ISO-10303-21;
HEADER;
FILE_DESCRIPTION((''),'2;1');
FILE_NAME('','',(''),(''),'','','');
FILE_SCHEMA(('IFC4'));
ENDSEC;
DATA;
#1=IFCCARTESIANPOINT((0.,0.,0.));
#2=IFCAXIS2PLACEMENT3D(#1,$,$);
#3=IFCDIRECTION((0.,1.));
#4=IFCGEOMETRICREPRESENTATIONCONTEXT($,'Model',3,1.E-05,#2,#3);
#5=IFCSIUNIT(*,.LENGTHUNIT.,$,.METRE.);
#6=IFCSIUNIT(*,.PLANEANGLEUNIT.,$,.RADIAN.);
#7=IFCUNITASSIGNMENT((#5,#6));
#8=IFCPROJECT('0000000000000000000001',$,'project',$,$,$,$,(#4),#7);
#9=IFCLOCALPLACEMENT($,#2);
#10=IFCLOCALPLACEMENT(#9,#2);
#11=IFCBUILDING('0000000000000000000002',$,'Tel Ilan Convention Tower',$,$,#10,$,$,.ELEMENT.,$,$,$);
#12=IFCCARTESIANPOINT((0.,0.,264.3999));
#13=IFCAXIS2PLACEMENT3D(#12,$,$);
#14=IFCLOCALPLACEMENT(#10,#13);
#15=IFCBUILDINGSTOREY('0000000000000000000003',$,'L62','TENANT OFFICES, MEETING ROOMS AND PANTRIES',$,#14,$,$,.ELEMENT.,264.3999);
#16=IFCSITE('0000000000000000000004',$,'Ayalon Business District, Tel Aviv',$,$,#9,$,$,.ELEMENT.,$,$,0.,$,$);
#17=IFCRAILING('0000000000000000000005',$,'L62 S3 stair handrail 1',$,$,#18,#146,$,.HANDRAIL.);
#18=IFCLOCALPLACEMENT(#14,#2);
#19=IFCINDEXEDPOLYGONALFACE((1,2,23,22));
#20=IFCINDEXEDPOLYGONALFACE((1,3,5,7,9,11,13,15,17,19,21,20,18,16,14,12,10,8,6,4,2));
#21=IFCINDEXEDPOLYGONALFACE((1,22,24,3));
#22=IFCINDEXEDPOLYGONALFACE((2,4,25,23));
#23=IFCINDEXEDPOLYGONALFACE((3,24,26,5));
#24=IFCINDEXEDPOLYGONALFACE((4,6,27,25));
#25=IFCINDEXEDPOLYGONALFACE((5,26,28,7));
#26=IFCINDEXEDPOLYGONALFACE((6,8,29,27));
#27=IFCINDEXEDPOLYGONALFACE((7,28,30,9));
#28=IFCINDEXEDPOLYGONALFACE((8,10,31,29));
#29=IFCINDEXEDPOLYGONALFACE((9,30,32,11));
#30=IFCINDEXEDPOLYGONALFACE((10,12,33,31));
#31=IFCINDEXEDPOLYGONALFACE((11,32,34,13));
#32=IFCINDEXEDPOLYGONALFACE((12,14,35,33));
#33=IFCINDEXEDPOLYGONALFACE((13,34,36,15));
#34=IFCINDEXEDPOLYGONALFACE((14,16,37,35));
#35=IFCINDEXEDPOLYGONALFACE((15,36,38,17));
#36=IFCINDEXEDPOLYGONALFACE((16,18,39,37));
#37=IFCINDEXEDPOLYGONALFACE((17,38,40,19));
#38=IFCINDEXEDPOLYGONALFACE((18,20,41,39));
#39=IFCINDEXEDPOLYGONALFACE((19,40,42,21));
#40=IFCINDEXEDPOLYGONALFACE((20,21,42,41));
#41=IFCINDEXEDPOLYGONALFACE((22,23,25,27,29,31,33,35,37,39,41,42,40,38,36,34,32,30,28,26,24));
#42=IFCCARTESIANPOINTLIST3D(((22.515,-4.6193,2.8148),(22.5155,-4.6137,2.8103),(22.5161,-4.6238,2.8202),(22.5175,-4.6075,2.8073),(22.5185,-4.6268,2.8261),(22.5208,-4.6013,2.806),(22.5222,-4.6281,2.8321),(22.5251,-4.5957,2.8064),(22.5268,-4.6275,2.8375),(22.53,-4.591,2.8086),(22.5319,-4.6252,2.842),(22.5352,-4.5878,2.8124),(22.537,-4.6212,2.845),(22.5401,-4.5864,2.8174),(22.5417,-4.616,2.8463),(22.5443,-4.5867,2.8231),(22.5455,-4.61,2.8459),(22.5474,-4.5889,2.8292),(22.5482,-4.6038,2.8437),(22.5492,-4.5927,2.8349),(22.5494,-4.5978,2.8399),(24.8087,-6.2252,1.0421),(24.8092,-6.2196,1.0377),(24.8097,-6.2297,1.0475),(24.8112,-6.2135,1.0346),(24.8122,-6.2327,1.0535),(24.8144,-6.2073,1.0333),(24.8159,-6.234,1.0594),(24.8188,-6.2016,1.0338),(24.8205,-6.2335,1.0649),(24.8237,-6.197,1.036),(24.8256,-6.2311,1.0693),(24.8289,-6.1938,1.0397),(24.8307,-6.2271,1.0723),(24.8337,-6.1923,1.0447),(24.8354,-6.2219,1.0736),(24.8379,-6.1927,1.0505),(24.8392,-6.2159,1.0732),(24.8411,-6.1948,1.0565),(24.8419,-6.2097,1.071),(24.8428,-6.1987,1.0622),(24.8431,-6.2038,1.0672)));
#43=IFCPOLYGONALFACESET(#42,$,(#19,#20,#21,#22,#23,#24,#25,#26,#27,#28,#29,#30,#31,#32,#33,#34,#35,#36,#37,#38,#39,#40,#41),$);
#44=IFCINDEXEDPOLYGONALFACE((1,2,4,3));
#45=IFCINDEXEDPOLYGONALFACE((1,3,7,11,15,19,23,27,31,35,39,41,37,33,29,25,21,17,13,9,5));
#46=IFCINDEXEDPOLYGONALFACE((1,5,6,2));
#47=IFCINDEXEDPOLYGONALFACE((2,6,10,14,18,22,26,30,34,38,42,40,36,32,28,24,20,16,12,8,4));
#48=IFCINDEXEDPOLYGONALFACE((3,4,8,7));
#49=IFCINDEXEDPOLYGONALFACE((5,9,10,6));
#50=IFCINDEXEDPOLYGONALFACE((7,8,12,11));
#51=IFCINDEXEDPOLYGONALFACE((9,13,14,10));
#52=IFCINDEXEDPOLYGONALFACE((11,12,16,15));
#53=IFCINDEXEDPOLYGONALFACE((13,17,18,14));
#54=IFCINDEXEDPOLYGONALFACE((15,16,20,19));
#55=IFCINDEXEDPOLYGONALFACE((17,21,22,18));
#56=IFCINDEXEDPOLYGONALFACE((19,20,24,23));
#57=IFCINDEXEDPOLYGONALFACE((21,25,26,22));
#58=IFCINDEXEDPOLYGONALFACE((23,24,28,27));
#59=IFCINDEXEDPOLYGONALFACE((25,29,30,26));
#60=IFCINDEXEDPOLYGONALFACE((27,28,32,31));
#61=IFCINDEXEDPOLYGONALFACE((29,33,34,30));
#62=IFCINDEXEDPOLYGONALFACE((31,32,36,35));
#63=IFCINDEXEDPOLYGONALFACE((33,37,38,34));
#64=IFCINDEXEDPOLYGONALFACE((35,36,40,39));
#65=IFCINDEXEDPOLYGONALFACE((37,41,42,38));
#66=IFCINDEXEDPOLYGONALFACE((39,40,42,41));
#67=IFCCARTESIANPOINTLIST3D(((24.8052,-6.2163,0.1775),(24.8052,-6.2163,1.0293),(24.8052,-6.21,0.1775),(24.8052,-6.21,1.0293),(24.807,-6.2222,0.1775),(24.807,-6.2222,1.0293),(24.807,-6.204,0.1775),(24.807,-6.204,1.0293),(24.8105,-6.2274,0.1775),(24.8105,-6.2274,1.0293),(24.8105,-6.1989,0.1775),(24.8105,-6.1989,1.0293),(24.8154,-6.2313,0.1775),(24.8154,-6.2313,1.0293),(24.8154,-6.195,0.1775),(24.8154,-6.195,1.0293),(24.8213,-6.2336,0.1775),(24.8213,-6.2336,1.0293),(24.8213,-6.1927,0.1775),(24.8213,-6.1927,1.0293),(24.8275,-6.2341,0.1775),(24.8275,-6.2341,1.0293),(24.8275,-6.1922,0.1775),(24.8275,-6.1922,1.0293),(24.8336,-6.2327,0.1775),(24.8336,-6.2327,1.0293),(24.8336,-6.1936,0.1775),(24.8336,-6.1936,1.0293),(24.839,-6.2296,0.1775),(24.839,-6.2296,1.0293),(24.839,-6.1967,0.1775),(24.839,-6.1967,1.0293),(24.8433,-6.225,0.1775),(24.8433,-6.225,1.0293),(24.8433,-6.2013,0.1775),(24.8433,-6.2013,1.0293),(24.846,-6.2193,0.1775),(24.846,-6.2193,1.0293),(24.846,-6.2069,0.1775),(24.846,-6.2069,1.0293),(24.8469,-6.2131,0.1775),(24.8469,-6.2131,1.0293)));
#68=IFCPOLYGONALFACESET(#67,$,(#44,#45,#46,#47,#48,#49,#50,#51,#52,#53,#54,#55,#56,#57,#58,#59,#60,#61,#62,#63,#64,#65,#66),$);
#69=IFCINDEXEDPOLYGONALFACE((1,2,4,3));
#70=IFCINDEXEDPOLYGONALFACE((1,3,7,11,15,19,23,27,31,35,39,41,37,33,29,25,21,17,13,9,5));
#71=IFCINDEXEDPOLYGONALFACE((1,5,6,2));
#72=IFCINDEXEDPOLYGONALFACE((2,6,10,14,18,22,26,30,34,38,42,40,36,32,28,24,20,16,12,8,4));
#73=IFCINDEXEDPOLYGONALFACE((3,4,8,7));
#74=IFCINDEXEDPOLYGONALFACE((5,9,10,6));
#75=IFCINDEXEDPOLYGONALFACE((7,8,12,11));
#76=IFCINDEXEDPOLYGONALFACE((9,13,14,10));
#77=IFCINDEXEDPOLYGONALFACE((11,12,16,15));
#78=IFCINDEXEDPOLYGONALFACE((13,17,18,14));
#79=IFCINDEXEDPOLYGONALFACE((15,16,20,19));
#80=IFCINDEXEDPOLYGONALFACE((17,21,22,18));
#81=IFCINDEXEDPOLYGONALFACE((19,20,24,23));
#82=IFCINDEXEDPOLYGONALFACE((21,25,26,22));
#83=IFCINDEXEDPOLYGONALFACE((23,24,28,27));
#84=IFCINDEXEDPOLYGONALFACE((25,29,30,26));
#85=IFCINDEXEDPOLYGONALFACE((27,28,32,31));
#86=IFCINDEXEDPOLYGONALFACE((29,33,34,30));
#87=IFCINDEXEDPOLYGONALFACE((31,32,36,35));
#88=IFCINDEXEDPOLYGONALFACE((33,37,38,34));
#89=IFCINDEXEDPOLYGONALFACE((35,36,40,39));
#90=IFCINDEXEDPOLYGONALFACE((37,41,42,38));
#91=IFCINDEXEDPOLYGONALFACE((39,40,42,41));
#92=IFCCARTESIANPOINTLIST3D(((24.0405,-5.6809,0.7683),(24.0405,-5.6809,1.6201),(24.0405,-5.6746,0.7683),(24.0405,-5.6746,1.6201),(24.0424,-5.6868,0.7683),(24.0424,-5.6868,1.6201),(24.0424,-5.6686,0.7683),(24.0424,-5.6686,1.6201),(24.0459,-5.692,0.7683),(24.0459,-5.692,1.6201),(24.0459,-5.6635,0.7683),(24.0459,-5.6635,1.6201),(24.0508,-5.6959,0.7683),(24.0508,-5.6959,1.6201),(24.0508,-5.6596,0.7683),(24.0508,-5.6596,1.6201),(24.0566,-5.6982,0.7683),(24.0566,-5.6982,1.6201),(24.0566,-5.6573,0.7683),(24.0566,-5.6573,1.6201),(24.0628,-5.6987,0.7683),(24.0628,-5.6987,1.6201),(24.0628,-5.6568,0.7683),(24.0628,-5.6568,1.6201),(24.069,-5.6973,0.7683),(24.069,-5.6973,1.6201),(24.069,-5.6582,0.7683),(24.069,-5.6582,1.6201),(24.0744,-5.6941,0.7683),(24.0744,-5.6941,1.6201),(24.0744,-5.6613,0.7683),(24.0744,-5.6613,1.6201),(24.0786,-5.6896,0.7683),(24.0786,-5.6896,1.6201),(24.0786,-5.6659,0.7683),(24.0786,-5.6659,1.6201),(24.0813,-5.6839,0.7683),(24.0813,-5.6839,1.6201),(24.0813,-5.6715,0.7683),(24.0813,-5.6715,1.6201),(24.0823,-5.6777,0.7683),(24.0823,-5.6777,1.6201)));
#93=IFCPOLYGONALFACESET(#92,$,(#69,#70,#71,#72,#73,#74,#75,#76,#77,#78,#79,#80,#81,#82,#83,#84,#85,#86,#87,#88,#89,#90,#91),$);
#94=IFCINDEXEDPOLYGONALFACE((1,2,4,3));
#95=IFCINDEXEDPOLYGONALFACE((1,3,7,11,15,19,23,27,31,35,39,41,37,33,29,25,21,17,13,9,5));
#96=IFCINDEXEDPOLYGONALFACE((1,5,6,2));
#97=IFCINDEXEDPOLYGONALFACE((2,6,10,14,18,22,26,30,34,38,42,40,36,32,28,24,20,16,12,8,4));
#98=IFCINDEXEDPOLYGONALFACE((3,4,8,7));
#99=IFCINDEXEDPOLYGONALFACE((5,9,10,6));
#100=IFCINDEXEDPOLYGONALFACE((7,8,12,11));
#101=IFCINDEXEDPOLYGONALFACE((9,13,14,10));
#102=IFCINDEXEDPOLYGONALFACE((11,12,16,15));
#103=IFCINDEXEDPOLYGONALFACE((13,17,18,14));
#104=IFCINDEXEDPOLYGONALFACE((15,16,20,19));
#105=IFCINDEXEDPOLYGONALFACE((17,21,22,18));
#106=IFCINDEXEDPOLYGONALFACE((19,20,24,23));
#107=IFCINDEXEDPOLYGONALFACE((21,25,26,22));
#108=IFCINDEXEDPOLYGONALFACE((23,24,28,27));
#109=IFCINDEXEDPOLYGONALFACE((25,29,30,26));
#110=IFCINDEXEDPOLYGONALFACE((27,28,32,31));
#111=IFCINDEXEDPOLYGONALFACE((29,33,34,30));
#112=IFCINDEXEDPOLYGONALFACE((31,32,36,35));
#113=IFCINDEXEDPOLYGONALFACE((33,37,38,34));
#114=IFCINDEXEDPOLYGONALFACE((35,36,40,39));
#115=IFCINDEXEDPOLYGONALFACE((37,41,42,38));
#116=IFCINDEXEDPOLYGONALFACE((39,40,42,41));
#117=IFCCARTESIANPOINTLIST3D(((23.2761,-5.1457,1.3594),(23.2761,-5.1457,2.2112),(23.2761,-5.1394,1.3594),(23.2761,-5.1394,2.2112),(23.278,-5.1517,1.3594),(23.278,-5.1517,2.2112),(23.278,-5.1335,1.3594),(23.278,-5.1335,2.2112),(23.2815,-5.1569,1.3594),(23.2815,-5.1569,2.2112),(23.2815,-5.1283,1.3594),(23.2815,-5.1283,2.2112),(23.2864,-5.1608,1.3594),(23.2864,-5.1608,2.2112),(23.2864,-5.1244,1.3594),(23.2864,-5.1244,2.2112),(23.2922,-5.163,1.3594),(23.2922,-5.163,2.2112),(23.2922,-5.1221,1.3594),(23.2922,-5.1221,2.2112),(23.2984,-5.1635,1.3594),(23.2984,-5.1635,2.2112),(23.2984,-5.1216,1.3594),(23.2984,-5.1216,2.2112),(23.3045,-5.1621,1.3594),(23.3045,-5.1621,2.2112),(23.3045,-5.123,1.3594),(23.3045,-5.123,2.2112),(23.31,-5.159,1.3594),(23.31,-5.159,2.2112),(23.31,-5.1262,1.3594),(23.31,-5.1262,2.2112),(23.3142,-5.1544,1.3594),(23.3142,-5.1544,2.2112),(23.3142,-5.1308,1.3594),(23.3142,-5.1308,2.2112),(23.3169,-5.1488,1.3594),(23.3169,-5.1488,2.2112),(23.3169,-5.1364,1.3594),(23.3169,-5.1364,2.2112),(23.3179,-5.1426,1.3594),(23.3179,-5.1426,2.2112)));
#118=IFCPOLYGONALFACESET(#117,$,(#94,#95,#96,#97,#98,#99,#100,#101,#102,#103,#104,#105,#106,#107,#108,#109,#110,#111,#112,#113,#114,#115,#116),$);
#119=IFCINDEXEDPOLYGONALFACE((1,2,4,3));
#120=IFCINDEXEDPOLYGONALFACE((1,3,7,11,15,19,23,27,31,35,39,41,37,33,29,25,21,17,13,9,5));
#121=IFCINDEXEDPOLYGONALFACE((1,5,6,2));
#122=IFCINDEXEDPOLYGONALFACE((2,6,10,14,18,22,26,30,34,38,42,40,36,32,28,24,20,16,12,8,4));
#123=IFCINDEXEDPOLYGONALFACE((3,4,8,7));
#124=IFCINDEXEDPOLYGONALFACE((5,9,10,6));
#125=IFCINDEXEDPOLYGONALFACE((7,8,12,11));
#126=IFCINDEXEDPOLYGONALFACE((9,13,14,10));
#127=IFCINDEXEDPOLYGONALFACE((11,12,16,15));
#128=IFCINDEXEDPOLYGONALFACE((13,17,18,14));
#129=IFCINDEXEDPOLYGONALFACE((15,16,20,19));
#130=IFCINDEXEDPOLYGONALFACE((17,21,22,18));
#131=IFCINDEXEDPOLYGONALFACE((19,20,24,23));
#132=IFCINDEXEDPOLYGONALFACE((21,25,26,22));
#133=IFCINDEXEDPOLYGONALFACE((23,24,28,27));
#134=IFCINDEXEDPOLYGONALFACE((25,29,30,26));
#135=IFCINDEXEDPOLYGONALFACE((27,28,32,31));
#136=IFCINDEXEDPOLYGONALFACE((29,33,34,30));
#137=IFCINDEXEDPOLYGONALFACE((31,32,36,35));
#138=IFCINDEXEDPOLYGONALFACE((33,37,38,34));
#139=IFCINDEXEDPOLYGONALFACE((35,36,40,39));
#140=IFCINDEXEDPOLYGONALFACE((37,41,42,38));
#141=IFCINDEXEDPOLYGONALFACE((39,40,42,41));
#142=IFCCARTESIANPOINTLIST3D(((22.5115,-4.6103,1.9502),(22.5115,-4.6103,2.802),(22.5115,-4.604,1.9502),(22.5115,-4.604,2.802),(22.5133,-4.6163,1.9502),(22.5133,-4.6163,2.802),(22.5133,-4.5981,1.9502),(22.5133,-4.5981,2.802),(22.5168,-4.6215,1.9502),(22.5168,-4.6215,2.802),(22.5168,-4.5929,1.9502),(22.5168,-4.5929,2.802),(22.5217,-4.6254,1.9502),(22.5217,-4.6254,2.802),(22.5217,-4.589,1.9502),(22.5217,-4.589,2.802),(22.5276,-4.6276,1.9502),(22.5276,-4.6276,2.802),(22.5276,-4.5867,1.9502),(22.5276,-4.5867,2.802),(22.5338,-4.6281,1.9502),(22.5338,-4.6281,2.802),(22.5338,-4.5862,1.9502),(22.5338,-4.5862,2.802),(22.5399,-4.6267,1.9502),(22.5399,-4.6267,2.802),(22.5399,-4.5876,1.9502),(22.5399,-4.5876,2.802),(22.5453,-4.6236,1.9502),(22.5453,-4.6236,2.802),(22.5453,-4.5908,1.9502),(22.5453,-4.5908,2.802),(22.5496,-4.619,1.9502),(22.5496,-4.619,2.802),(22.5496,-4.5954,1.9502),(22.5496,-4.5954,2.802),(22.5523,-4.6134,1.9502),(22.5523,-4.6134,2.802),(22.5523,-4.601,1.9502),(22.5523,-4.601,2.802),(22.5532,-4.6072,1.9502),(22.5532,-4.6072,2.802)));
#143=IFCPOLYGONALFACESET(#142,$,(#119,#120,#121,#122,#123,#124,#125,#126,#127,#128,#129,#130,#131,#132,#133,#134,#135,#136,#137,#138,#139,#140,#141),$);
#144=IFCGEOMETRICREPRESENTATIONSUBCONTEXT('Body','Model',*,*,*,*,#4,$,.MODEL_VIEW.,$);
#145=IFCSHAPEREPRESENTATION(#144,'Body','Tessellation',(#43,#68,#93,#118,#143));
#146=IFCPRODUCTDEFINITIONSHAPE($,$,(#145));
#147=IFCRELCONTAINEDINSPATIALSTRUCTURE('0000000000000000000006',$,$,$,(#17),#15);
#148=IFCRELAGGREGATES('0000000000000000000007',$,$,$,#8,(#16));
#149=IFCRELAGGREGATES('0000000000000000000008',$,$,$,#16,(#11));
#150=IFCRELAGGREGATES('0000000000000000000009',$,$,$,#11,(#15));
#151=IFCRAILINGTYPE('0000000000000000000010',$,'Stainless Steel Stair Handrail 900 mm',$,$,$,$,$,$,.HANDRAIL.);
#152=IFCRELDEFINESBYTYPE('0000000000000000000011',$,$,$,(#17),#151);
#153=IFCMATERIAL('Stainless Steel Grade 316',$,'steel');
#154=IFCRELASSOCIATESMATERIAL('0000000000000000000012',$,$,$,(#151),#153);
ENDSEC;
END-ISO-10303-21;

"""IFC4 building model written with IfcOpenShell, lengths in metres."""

from ifc_helpers import new_model, si_unit, direction, frame, origin, origin_2d, place, context, subcontext, project, spatial, circle, extrude, material, type_object, element, save


model = new_model("IFC4")

# Units and contexts
model_context = context("Model", 3, precision=1e-05, world=origin(), true_north=direction((0.0, 1.0)))
body_context = subcontext(model_context, "Body", "Model", "MODEL_VIEW")
ifc_project = project(units=[si_unit("LENGTHUNIT", "METRE"), si_unit("PLANEANGLEUNIT", "RADIAN")], contexts=[model_context])

# Site, building, storey
site_placement = place(None, origin())
site = spatial("IfcSite", under=ifc_project, at=site_placement, Name="Ayalon Business District, Tel Aviv", CompositionType="ELEMENT", RefElevation=0.0)
building_placement = place(site_placement, origin())
building = spatial("IfcBuilding", under=site, at=building_placement, Name="Tel Ilan Convention Tower", CompositionType="ELEMENT")
storey_placement = place(building_placement, frame((0.0, 0.0, 264.3999)))
storey = spatial("IfcBuildingStorey", under=building, at=storey_placement, Name="L62", Description="TENANT OFFICES, MEETING ROOMS AND PANTRIES", CompositionType="ELEMENT", Elevation=264.3999)

# Railing
ifc_material_1 = material(Name="Stainless Steel Grade 316", Category="steel")
railing_type_1 = type_object("IfcRailingType", Name="Stainless Steel Stair Handrail 900 mm", PredefinedType="HANDRAIL", material=ifc_material_1)
railing_1_placement = place(storey_placement, frame((24.8259, -6.2131, 0.1775)))
element("IfcRailing", 1, at=railing_1_placement, inside=storey, type_object=railing_type_1, Name="L62 S3 stair handrail 1", PredefinedType="HANDRAIL", context=body_context, shape_type="SweptSolid", body=[
    extrude(circle(Radius=0.0239, at=origin_2d()), frame((0.0, 0.0, 0.876), z_axis=(-0.692123, 0.484597, 0.534913), x_axis=(-0.57355, -0.81917, 0.0)), (0.0, 0.0, 1.0), 3.314),
    extrude(circle(Radius=0.021, at=origin_2d()), origin(), (0.0, 0.0, 1.0), 0.8518),
    extrude(circle(Radius=0.021, at=origin_2d()), frame((-0.7646, 0.5354, 0.5908)), (0.0, 0.0, 1.0), 0.8518),
    extrude(circle(Radius=0.021, at=origin_2d()), frame((-1.5291, 1.0706, 1.1819)), (0.0, 0.0, 1.0), 0.8518),
    extrude(circle(Radius=0.021, at=origin_2d()), frame((-2.2937, 1.606, 1.7727)), (0.0, 0.0, 1.0), 0.8518),
])

save(model, "model.ifc")
